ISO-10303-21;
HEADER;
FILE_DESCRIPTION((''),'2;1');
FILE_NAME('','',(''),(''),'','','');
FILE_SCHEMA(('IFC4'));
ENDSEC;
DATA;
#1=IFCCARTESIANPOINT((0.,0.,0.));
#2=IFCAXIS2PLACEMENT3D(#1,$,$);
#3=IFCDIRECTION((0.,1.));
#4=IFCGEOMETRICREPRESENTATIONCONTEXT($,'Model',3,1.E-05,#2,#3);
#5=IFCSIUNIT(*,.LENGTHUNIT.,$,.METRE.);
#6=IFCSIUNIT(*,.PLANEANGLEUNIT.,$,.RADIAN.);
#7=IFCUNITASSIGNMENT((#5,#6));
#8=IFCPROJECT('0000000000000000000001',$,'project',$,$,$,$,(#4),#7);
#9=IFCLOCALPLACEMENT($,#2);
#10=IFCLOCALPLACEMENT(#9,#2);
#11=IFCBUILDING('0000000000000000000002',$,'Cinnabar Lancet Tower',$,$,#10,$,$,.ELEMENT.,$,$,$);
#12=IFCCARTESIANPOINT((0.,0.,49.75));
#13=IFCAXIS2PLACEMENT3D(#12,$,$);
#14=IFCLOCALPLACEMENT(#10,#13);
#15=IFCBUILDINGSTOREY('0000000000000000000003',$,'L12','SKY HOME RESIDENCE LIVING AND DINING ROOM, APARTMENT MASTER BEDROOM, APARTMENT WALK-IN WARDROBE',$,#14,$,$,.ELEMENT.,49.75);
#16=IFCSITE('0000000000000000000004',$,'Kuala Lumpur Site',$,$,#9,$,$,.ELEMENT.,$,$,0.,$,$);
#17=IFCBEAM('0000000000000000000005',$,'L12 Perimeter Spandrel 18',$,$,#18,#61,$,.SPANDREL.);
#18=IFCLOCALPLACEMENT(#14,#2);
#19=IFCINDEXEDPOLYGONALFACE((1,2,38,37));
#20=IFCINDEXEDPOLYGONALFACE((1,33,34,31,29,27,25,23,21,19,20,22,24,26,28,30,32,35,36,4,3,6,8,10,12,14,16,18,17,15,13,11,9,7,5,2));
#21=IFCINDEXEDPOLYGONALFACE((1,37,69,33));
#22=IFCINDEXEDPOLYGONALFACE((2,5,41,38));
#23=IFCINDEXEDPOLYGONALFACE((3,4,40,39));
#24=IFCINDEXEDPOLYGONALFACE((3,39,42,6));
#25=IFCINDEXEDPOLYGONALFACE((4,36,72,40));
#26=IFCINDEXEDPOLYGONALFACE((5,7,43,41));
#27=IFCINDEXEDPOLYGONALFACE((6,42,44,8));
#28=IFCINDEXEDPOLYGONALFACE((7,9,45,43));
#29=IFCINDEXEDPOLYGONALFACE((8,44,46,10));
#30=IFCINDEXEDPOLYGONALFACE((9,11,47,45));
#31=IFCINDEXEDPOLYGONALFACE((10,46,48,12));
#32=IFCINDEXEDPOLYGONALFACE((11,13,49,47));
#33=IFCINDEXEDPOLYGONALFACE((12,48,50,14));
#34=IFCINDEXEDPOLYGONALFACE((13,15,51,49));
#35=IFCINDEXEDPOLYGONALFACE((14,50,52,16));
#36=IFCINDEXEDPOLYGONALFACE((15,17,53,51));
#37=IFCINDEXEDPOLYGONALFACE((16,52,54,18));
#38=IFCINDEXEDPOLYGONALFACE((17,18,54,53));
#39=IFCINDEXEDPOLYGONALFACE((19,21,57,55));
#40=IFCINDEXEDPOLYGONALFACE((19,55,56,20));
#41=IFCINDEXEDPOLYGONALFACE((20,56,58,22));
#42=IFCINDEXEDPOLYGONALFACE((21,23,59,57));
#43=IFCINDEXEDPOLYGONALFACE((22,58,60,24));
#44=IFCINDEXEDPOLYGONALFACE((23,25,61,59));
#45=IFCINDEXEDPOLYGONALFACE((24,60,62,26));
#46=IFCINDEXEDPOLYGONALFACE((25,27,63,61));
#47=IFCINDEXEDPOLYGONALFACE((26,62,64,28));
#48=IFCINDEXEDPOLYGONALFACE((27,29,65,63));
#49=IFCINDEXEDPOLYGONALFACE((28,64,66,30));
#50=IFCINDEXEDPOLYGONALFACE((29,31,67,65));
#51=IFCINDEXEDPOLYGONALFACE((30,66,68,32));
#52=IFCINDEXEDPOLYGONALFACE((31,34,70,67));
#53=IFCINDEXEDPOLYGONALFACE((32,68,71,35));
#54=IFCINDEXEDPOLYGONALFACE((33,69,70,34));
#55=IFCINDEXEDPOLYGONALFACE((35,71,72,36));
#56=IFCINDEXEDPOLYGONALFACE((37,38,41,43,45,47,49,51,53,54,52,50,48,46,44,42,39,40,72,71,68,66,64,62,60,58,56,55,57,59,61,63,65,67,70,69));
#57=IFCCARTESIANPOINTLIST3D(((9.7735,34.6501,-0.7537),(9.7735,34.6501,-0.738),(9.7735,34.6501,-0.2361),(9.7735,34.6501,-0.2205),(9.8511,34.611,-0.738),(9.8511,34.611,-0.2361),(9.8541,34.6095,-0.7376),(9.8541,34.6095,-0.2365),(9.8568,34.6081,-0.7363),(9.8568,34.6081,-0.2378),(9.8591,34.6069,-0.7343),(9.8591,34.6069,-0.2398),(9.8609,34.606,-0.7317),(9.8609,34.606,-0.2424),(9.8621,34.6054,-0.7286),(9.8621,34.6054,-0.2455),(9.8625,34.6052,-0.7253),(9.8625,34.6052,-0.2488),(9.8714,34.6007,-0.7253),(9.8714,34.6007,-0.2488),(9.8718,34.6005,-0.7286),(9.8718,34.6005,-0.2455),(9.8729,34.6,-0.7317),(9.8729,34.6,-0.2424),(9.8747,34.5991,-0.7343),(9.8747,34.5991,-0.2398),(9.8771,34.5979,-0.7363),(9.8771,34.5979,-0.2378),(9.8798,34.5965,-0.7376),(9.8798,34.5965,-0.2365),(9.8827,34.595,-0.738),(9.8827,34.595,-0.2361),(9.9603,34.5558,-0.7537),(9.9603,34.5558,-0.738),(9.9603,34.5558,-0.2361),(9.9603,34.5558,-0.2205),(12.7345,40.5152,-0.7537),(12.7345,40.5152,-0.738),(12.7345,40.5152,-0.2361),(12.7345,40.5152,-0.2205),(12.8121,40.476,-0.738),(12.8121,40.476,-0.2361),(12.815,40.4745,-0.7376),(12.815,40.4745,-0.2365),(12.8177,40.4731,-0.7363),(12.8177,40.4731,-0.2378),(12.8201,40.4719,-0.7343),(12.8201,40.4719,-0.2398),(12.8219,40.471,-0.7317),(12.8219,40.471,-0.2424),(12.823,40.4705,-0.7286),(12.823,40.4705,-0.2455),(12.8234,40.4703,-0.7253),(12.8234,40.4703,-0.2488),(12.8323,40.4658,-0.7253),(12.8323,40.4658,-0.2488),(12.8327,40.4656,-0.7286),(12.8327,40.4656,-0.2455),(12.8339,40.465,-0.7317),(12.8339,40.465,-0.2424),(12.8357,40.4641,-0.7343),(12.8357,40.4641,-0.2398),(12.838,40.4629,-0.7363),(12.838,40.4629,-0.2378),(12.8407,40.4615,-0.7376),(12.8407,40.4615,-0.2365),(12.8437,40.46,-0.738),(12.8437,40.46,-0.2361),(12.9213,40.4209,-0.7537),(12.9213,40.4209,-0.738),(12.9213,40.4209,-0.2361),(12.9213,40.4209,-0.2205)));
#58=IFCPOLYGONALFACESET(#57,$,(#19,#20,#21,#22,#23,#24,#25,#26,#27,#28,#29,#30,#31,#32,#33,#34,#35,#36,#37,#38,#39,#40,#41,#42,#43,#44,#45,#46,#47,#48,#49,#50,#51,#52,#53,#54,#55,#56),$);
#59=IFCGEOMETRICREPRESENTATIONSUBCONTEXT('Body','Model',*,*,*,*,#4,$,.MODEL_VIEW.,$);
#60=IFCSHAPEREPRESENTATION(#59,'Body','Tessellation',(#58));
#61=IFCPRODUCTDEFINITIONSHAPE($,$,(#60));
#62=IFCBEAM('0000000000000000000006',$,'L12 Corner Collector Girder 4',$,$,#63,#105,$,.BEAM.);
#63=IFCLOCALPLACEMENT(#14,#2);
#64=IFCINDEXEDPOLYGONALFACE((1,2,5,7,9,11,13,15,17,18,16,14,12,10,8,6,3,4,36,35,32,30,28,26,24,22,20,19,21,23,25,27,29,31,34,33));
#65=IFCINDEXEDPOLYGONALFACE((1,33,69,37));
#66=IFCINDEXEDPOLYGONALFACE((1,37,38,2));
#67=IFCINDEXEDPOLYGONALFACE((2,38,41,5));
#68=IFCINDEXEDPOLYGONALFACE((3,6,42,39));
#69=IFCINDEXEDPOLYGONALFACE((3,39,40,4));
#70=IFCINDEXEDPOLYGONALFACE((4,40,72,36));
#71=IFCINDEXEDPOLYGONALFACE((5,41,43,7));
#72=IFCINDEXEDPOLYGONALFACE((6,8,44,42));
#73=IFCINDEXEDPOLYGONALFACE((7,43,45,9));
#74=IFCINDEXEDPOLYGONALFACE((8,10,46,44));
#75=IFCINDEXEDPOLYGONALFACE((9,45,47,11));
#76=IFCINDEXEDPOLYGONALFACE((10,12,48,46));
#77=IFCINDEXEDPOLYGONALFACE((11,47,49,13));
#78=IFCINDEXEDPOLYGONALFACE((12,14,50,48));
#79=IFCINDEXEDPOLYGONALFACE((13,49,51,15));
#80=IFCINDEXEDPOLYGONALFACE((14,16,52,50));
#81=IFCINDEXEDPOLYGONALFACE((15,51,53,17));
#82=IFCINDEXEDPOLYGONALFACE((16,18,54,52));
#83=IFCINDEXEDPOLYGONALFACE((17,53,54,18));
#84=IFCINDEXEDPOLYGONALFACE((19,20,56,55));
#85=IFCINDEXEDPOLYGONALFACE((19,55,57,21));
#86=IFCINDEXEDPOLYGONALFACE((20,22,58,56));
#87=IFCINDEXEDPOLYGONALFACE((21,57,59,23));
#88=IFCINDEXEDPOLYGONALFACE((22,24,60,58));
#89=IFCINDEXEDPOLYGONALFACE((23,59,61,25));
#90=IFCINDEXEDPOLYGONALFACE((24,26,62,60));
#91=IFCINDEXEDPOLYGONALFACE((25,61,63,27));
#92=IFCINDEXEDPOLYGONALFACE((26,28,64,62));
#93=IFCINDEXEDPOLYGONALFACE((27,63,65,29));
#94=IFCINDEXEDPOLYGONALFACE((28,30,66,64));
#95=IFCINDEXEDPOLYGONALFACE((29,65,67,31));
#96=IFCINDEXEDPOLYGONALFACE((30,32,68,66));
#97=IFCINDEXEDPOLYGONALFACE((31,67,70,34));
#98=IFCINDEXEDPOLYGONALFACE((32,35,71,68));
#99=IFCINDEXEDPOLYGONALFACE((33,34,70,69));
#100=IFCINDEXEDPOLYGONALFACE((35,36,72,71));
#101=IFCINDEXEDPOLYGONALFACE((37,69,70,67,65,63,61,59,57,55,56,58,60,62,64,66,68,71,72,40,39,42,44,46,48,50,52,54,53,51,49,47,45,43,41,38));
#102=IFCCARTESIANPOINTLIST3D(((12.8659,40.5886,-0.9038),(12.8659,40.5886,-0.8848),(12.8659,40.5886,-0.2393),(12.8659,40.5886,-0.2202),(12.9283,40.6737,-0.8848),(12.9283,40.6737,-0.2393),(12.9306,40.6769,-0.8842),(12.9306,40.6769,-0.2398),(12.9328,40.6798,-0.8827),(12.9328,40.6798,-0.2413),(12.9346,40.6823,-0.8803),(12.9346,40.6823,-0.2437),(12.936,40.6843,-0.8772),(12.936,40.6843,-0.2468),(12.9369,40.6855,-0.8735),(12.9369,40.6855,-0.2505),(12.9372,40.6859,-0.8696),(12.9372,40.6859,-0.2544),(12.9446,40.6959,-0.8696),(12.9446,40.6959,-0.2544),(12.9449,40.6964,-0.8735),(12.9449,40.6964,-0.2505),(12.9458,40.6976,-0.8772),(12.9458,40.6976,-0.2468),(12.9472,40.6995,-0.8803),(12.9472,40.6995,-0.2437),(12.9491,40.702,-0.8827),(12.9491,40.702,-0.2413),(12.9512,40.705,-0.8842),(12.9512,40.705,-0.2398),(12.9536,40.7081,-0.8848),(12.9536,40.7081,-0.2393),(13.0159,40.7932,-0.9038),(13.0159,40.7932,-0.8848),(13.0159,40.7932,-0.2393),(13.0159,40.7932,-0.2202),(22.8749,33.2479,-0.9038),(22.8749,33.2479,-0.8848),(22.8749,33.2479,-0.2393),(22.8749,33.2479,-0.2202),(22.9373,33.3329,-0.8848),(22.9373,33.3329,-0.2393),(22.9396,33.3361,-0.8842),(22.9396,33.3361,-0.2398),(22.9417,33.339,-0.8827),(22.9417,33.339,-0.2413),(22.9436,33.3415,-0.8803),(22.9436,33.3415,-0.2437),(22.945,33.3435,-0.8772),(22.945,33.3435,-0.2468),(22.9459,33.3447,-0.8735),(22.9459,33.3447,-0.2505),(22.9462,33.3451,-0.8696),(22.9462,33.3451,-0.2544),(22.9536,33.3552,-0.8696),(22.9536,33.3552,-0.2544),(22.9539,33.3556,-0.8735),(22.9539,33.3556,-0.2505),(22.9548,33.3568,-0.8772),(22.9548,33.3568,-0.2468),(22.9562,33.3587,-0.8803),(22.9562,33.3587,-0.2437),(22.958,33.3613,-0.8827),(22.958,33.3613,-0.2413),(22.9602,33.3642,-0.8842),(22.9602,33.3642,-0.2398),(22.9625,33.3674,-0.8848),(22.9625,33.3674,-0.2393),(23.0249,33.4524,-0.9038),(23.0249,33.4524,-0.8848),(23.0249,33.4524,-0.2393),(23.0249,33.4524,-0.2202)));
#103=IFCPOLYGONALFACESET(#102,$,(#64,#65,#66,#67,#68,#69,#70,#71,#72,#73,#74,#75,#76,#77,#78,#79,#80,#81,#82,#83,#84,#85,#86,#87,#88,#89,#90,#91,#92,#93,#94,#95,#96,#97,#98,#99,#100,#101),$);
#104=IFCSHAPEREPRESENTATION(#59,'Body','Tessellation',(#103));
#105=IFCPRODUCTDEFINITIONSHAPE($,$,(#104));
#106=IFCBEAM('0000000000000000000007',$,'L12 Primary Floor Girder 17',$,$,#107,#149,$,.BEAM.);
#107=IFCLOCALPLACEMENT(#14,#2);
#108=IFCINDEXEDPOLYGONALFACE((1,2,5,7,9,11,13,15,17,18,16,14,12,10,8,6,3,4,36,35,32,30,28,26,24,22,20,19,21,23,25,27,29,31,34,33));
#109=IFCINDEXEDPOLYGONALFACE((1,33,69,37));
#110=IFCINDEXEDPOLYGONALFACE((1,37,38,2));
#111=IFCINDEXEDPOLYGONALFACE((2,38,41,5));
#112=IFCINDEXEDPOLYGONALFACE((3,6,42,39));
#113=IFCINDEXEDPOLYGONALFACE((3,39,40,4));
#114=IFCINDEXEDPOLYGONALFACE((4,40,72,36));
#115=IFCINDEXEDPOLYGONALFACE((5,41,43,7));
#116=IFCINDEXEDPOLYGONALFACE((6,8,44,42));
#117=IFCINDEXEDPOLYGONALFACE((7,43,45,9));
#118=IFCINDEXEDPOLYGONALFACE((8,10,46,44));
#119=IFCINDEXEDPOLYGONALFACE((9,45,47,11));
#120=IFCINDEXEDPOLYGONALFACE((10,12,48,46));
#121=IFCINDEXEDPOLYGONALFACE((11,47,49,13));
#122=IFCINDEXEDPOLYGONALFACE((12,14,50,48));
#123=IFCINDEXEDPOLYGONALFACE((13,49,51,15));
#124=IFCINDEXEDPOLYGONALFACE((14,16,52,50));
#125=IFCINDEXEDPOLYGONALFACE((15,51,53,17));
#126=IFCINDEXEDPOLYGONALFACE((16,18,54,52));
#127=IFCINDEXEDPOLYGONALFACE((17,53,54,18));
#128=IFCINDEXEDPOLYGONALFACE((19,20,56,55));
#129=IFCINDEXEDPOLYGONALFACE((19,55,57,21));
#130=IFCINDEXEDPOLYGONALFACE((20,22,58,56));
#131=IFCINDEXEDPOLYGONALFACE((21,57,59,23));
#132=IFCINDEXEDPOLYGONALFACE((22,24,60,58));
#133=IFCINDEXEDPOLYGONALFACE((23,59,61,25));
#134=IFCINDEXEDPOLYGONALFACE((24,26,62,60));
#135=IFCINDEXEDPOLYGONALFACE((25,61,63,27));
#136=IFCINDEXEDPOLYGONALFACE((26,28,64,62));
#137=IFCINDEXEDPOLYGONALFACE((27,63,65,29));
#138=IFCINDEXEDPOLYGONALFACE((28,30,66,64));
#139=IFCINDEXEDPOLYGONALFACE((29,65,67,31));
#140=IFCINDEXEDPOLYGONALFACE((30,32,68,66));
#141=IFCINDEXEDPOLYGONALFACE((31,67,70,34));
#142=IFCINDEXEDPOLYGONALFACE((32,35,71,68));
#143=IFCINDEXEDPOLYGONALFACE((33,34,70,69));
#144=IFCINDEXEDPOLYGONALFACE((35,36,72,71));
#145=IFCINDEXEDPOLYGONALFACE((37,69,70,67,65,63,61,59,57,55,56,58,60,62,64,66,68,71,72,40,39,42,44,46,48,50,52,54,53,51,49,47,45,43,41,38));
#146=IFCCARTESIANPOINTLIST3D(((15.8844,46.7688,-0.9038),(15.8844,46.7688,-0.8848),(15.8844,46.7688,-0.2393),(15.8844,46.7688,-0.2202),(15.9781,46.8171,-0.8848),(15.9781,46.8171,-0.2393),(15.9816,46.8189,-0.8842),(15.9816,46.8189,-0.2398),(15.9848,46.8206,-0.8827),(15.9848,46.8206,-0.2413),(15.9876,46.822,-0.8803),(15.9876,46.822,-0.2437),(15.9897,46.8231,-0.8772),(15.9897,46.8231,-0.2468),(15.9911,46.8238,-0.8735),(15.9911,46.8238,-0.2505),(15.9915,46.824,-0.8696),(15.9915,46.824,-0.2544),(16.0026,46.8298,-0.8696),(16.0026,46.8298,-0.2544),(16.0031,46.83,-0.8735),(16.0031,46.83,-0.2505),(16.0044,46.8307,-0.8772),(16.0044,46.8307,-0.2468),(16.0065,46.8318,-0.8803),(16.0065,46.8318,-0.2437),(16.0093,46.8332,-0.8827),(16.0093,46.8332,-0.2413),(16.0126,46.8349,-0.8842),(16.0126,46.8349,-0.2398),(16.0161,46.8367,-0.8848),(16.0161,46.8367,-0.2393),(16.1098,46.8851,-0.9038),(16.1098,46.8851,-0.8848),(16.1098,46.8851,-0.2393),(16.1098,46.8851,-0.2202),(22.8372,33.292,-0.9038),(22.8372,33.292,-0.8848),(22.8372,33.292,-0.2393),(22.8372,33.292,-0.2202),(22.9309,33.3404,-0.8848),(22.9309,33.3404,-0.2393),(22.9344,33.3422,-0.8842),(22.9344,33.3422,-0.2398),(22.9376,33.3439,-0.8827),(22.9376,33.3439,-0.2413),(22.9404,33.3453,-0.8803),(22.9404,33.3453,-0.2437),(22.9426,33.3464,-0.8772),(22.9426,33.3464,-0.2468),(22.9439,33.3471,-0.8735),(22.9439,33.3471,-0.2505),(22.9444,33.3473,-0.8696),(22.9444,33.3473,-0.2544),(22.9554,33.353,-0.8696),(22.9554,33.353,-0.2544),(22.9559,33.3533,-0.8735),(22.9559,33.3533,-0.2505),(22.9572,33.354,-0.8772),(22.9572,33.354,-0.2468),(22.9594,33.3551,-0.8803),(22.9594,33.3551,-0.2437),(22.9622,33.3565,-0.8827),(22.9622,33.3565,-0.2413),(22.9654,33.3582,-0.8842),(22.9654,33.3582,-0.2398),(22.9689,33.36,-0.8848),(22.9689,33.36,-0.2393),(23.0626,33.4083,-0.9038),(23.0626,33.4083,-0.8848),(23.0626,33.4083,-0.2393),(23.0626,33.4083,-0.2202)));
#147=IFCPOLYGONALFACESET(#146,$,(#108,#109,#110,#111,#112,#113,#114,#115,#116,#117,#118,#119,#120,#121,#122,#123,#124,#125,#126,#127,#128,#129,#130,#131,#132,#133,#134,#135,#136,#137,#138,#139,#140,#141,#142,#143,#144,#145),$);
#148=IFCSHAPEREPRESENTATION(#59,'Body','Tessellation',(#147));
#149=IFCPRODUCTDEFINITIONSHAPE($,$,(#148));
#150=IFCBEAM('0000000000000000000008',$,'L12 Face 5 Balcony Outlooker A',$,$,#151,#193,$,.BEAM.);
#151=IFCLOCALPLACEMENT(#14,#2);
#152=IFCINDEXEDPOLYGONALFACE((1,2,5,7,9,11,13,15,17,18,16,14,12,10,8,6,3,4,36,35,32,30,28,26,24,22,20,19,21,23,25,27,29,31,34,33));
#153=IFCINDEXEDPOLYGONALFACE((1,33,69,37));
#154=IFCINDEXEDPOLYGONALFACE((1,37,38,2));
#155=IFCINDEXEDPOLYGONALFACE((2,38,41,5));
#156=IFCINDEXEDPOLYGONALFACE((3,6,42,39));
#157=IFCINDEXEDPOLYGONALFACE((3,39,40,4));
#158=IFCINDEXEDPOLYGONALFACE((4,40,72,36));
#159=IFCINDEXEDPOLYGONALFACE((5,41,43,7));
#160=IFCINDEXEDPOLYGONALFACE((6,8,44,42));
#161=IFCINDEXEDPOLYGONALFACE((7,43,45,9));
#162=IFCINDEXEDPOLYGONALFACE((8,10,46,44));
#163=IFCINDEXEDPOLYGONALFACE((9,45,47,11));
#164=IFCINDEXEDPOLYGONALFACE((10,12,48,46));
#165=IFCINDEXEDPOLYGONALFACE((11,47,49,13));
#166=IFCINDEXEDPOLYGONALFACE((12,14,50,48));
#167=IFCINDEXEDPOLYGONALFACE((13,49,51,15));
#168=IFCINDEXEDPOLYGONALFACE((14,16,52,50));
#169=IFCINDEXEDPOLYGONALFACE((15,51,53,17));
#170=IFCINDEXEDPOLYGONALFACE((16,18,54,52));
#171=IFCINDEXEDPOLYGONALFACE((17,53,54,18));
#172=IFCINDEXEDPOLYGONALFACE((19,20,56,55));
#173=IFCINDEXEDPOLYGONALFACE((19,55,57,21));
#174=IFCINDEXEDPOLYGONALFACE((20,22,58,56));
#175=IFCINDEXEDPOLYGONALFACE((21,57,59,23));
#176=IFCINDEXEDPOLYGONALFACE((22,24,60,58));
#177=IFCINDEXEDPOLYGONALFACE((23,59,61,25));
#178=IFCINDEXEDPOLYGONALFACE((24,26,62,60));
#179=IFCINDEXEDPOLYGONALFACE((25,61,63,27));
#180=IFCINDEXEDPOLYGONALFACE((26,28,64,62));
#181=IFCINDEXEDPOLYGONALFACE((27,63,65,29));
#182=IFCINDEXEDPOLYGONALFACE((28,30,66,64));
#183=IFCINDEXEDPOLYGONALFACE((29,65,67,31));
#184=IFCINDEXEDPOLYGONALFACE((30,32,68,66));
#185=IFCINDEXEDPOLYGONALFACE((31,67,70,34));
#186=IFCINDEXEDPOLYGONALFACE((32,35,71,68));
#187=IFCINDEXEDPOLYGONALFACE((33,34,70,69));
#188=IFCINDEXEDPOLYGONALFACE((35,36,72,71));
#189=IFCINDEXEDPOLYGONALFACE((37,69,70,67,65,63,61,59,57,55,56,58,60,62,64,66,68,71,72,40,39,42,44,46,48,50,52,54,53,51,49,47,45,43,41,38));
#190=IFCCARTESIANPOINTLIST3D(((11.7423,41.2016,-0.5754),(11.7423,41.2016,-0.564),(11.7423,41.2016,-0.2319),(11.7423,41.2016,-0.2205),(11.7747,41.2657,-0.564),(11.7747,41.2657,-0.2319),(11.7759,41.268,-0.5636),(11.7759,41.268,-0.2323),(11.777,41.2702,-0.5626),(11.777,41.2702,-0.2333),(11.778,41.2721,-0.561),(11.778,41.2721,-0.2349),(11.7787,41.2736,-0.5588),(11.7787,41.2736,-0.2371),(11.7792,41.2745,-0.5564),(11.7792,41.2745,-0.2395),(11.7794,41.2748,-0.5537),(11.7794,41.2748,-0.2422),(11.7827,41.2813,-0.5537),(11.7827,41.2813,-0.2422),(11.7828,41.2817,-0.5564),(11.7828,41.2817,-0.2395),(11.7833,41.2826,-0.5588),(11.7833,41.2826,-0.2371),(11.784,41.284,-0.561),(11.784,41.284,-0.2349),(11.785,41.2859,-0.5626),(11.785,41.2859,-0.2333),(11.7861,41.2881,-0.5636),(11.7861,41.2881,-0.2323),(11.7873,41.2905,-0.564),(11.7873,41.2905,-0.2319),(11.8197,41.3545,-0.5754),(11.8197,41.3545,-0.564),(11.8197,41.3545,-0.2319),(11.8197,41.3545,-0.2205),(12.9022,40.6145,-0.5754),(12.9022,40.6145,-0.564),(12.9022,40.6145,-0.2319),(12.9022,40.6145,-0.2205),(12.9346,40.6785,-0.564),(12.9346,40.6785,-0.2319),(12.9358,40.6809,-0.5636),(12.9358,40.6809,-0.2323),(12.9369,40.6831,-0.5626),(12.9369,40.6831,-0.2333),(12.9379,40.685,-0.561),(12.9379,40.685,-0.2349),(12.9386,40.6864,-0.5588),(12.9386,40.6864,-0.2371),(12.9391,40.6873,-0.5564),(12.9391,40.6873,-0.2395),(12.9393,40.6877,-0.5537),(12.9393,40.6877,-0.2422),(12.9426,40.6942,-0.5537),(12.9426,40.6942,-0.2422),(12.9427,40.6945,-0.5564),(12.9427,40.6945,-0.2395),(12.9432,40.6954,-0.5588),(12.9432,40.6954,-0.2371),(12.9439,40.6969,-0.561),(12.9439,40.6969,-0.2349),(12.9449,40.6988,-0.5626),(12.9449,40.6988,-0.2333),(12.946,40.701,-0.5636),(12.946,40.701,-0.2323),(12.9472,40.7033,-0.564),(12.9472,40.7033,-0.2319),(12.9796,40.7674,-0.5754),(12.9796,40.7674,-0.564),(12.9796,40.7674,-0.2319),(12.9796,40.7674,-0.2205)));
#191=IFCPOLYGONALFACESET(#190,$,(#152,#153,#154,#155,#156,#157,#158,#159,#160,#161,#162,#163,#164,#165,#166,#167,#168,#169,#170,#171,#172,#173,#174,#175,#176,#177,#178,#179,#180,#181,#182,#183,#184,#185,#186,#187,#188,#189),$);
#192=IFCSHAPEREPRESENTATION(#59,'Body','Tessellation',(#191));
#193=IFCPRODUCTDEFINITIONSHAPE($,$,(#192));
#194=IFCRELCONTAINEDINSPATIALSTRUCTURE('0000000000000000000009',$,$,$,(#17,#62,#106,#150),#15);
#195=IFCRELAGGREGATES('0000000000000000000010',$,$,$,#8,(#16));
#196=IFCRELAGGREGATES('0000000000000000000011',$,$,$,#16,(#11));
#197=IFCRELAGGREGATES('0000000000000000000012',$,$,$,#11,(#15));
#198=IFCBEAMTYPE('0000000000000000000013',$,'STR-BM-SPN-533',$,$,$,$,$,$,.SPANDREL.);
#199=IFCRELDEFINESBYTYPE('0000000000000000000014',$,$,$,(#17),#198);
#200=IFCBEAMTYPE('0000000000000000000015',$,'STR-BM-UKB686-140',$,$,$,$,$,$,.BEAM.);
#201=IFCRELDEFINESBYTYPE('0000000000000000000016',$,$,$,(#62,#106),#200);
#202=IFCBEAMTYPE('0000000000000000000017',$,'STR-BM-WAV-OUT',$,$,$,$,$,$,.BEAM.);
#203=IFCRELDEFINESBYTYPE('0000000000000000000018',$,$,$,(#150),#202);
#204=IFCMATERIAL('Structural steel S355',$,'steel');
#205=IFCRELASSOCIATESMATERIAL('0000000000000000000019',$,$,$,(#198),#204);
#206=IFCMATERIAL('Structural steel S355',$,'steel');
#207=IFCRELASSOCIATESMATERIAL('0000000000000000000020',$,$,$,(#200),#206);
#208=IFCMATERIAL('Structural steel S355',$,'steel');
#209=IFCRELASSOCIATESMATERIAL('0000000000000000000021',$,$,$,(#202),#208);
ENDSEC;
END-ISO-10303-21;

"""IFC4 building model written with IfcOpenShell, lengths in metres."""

from ifc_helpers import new_model, si_unit, direction, frame, origin, origin_2d, place, context, subcontext, project, spatial, i_section, extrude, material, material_profile, profile_set, type_object, element, save


model = new_model("IFC4")

# Units and contexts
model_context = context("Model", 3, precision=1e-05, world=origin(), true_north=direction((0.0, 1.0)))
body_context = subcontext(model_context, "Body", "Model", "MODEL_VIEW")
ifc_project = project(units=[si_unit("LENGTHUNIT", "METRE"), si_unit("PLANEANGLEUNIT", "RADIAN")], contexts=[model_context])

# Site, building, storey
site_placement = place(None, origin())
site = spatial("IfcSite", under=ifc_project, at=site_placement, Name="Kuala Lumpur Site", CompositionType="ELEMENT", RefElevation=0.0)
building_placement = place(site_placement, origin())
building = spatial("IfcBuilding", under=site, at=building_placement, Name="Cinnabar Lancet Tower", CompositionType="ELEMENT")
storey_placement = place(building_placement, frame((0.0, 0.0, 49.75)))
storey = spatial("IfcBuildingStorey", under=building, at=storey_placement, Name="L12", Description="SKY HOME RESIDENCE LIVING AND DINING ROOM, APARTMENT MASTER BEDROOM, APARTMENT WALK-IN WARDROBE", CompositionType="ELEMENT", Elevation=49.75)

# Beams
ifc_material_1 = material(Name="Structural steel S355", Category="steel")
ifc_material_profile_1 = material_profile(ifc_material_1, i_section(OverallWidth=0.2092, OverallDepth=0.5332, WebThickness=0.01, FlangeThickness=0.0156, FilletRadius=0.0127, at=origin_2d()), Name="UKB 533x210x92")
ifc_profile_set_1 = profile_set([ifc_material_profile_1], Name="Structural steel S355")
beam_type_1 = type_object("IfcBeamType", Name="STR-BM-SPN-533", PredefinedType="SPANDREL", material=ifc_profile_set_1)
beam_1_placement = place(storey_placement, frame((12.8279, 40.468, -0.4871), z_axis=(-0.450674, -0.892689, 0.0), x_axis=(0.892689, -0.450674, 0.0)))
element("IfcBeam", 1, at=beam_1_placement, inside=storey, type_object=beam_type_1, Name="L12 Perimeter Spandrel 18", PredefinedType="SPANDREL", context=body_context, shape_type="SweptSolid", body=[
    extrude(i_section(OverallWidth=0.2092, OverallDepth=0.5332, WebThickness=0.01, FlangeThickness=0.0156, FilletRadius=0.0127, at=origin_2d()), origin(), (0.0, 0.0, 1.0), 6.5701),
])
ifc_material_2 = material(Name="Structural steel S355", Category="steel")
ifc_material_profile_2 = material_profile(ifc_material_2, i_section(OverallWidth=0.2537, OverallDepth=0.6836, WebThickness=0.0125, FlangeThickness=0.019, FilletRadius=0.0151, at=origin_2d()), Name="UKB 686x254x140")
ifc_profile_set_2 = profile_set([ifc_material_profile_2], Name="Structural steel S355")
beam_type_2 = type_object("IfcBeamType", Name="STR-BM-UKB686-140", PredefinedType="BEAM", material=ifc_profile_set_2)
beam_2_placement = place(storey_placement, frame((12.9409, 40.6909, -0.562), z_axis=(0.806372, -0.591409, 0.0), x_axis=(0.591409, 0.806372, 0.0)))
element("IfcBeam", 2, at=beam_2_placement, inside=storey, type_object=beam_type_2, Name="L12 Corner Collector Girder 4", PredefinedType="BEAM", context=body_context, shape_type="SweptSolid", body=[
    extrude(i_section(OverallWidth=0.2537, OverallDepth=0.6836, WebThickness=0.0125, FlangeThickness=0.019, FilletRadius=0.0151, at=origin_2d()), origin(), (0.0, 0.0, 1.0), 12.4124),
])
beam_3_placement = place(storey_placement, frame((15.9971, 46.8269, -0.562), z_axis=(0.458492, -0.888698, 0.0), x_axis=(0.888698, 0.458492, 0.0)))
element("IfcBeam", 3, at=beam_3_placement, inside=storey, type_object=beam_type_2, Name="L12 Primary Floor Girder 17", PredefinedType="BEAM", context=body_context, shape_type="SweptSolid", body=[
    extrude(i_section(OverallWidth=0.2537, OverallDepth=0.6836, WebThickness=0.0125, FlangeThickness=0.019, FilletRadius=0.0151, at=origin_2d()), origin(), (0.0, 0.0, 1.0), 15.1646),
])
ifc_material_3 = material(Name="Structural steel S355", Category="steel")
ifc_material_profile_3 = material_profile(ifc_material_3, i_section(OverallWidth=0.1714, OverallDepth=0.355, WebThickness=0.0073, FlangeThickness=0.0115, FilletRadius=0.0103, at=origin_2d()), Name="UKB 356x171x51")
ifc_profile_set_3 = profile_set([ifc_material_profile_3], Name="Structural steel S355")
beam_type_3 = type_object("IfcBeamType", Name="STR-BM-WAV-OUT", PredefinedType="BEAM", material=ifc_profile_set_3)
beam_4_placement = place(storey_placement, frame((12.9409, 40.6909, -0.3979), z_axis=(-0.8922, 0.45164, 0.0), x_axis=(-0.45164, -0.8922, 0.0)))
element("IfcBeam", 4, at=beam_4_placement, inside=storey, type_object=beam_type_3, Name="L12 Face 5 Balcony Outlooker A", PredefinedType="BEAM", context=body_context, shape_type="SweptSolid", body=[
    extrude(i_section(OverallWidth=0.1714, OverallDepth=0.355, WebThickness=0.0073, FlangeThickness=0.0115, FilletRadius=0.0103, at=origin_2d()), origin(), (0.0, 0.0, 1.0), 1.3),
])

save(model, "model.ifc")
